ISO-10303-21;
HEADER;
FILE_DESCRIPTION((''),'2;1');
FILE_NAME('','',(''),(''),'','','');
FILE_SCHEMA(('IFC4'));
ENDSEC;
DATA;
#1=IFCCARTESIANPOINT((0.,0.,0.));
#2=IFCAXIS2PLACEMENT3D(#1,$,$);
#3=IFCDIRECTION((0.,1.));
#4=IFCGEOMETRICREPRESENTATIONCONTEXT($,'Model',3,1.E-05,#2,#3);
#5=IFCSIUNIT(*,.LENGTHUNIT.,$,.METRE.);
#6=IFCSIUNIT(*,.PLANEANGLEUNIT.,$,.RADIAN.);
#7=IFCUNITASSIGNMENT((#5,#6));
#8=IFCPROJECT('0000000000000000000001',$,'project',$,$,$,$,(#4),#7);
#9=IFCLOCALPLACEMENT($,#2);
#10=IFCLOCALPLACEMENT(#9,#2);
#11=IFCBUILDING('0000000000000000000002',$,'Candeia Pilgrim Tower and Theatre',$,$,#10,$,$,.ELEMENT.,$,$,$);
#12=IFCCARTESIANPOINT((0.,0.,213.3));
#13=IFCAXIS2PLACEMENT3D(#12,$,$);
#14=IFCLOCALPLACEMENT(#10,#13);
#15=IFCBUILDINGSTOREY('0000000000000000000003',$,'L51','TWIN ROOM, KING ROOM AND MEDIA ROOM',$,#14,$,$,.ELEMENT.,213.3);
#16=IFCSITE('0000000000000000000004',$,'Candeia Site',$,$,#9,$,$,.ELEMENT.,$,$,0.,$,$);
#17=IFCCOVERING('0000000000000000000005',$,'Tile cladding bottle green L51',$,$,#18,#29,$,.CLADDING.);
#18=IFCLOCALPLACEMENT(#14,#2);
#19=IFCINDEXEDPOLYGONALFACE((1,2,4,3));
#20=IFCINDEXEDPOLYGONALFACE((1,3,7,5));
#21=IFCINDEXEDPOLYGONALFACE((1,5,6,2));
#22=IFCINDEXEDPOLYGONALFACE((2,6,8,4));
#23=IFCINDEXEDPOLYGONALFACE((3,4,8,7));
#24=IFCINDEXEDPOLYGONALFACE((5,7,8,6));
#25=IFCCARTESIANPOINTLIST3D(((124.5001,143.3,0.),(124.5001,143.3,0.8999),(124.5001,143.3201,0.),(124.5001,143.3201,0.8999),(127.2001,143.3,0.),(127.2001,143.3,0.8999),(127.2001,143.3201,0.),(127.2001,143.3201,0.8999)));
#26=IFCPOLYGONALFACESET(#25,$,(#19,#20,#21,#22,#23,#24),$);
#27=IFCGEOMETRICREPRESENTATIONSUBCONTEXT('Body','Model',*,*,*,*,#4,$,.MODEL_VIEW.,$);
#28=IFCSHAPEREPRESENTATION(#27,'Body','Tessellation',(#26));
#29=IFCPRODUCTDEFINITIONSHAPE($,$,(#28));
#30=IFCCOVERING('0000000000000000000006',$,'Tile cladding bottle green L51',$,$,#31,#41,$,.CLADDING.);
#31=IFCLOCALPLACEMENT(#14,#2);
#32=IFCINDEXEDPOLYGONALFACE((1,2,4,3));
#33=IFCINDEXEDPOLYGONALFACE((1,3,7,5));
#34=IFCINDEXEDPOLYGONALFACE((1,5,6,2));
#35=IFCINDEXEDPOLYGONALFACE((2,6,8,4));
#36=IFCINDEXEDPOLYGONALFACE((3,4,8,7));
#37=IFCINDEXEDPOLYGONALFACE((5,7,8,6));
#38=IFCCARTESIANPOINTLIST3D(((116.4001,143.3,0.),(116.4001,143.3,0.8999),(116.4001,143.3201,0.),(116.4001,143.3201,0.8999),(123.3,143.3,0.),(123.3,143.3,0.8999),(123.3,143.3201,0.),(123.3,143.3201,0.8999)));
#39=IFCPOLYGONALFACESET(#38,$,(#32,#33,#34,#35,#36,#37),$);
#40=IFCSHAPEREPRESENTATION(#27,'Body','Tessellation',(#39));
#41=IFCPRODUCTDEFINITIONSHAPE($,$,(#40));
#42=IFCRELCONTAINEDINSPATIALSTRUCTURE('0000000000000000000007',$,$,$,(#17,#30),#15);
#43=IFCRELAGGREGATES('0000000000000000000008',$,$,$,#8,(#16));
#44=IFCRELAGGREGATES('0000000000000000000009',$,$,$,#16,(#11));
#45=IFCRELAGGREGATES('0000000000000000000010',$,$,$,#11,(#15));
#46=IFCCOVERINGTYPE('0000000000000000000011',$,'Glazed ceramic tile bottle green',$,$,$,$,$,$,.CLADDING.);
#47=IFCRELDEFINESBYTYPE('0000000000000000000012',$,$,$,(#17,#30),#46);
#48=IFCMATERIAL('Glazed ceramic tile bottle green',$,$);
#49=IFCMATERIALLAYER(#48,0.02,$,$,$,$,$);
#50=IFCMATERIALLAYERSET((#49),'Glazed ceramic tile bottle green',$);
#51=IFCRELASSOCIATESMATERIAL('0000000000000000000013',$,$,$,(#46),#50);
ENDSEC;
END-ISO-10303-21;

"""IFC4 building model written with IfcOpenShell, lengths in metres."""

from ifc_helpers import new_model, si_unit, direction, frame, origin, origin_2d, place, context, subcontext, project, spatial, rectangle, extrude, material, layer, layer_set, type_object, element, save


model = new_model("IFC4")

# Units and contexts
model_context = context("Model", 3, precision=1e-05, world=origin(), true_north=direction((0.0, 1.0)))
body_context = subcontext(model_context, "Body", "Model", "MODEL_VIEW")
ifc_project = project(units=[si_unit("LENGTHUNIT", "METRE"), si_unit("PLANEANGLEUNIT", "RADIAN")], contexts=[model_context])

# Site, building, storey
site_placement = place(None, origin())
site = spatial("IfcSite", under=ifc_project, at=site_placement, Name="Candeia Site", CompositionType="ELEMENT", RefElevation=0.0)
building_placement = place(site_placement, origin())
building = spatial("IfcBuilding", under=site, at=building_placement, Name="Candeia Pilgrim Tower and Theatre", CompositionType="ELEMENT")
storey_placement = place(building_placement, frame((0.0, 0.0, 213.3)))
storey = spatial("IfcBuildingStorey", under=building, at=storey_placement, Name="L51", Description="TWIN ROOM, KING ROOM AND MEDIA ROOM", CompositionType="ELEMENT", Elevation=213.3)

# Coverings
ifc_material_1 = material(Name="Glazed ceramic tile bottle green")
ifc_layer_1 = layer(ifc_material_1, 0.02)
ifc_layer_set_1 = layer_set([ifc_layer_1], Name="Glazed ceramic tile bottle green")
covering_type = type_object("IfcCoveringType", Name="Glazed ceramic tile bottle green", PredefinedType="CLADDING", material=ifc_layer_set_1)
covering_1_placement = place(storey_placement, frame((125.8501, 143.3101, 0.0), z_axis=(0.0, 0.0, 1.0), x_axis=(-1.0, 0.0, 0.0)))
element("IfcCovering", 1, at=covering_1_placement, inside=storey, type_object=covering_type, Name="Tile cladding bottle green L51", PredefinedType="CLADDING", context=body_context, shape_type="SweptSolid", body=[
    extrude(rectangle(XDim=2.7, YDim=0.02, at=origin_2d()), origin(), (0.0, 0.0, 1.0), 0.8999),
])
covering_2_placement = place(storey_placement, frame((119.8501, 143.3101, 0.0), z_axis=(0.0, 0.0, 1.0), x_axis=(-1.0, 0.0, 0.0)))
element("IfcCovering", 2, at=covering_2_placement, inside=storey, type_object=covering_type, Name="Tile cladding bottle green L51", PredefinedType="CLADDING", context=body_context, shape_type="SweptSolid", body=[
    extrude(rectangle(XDim=6.8999, YDim=0.02, at=origin_2d()), origin(), (0.0, 0.0, 1.0), 0.8999),
])

save(model, "model.ifc")
